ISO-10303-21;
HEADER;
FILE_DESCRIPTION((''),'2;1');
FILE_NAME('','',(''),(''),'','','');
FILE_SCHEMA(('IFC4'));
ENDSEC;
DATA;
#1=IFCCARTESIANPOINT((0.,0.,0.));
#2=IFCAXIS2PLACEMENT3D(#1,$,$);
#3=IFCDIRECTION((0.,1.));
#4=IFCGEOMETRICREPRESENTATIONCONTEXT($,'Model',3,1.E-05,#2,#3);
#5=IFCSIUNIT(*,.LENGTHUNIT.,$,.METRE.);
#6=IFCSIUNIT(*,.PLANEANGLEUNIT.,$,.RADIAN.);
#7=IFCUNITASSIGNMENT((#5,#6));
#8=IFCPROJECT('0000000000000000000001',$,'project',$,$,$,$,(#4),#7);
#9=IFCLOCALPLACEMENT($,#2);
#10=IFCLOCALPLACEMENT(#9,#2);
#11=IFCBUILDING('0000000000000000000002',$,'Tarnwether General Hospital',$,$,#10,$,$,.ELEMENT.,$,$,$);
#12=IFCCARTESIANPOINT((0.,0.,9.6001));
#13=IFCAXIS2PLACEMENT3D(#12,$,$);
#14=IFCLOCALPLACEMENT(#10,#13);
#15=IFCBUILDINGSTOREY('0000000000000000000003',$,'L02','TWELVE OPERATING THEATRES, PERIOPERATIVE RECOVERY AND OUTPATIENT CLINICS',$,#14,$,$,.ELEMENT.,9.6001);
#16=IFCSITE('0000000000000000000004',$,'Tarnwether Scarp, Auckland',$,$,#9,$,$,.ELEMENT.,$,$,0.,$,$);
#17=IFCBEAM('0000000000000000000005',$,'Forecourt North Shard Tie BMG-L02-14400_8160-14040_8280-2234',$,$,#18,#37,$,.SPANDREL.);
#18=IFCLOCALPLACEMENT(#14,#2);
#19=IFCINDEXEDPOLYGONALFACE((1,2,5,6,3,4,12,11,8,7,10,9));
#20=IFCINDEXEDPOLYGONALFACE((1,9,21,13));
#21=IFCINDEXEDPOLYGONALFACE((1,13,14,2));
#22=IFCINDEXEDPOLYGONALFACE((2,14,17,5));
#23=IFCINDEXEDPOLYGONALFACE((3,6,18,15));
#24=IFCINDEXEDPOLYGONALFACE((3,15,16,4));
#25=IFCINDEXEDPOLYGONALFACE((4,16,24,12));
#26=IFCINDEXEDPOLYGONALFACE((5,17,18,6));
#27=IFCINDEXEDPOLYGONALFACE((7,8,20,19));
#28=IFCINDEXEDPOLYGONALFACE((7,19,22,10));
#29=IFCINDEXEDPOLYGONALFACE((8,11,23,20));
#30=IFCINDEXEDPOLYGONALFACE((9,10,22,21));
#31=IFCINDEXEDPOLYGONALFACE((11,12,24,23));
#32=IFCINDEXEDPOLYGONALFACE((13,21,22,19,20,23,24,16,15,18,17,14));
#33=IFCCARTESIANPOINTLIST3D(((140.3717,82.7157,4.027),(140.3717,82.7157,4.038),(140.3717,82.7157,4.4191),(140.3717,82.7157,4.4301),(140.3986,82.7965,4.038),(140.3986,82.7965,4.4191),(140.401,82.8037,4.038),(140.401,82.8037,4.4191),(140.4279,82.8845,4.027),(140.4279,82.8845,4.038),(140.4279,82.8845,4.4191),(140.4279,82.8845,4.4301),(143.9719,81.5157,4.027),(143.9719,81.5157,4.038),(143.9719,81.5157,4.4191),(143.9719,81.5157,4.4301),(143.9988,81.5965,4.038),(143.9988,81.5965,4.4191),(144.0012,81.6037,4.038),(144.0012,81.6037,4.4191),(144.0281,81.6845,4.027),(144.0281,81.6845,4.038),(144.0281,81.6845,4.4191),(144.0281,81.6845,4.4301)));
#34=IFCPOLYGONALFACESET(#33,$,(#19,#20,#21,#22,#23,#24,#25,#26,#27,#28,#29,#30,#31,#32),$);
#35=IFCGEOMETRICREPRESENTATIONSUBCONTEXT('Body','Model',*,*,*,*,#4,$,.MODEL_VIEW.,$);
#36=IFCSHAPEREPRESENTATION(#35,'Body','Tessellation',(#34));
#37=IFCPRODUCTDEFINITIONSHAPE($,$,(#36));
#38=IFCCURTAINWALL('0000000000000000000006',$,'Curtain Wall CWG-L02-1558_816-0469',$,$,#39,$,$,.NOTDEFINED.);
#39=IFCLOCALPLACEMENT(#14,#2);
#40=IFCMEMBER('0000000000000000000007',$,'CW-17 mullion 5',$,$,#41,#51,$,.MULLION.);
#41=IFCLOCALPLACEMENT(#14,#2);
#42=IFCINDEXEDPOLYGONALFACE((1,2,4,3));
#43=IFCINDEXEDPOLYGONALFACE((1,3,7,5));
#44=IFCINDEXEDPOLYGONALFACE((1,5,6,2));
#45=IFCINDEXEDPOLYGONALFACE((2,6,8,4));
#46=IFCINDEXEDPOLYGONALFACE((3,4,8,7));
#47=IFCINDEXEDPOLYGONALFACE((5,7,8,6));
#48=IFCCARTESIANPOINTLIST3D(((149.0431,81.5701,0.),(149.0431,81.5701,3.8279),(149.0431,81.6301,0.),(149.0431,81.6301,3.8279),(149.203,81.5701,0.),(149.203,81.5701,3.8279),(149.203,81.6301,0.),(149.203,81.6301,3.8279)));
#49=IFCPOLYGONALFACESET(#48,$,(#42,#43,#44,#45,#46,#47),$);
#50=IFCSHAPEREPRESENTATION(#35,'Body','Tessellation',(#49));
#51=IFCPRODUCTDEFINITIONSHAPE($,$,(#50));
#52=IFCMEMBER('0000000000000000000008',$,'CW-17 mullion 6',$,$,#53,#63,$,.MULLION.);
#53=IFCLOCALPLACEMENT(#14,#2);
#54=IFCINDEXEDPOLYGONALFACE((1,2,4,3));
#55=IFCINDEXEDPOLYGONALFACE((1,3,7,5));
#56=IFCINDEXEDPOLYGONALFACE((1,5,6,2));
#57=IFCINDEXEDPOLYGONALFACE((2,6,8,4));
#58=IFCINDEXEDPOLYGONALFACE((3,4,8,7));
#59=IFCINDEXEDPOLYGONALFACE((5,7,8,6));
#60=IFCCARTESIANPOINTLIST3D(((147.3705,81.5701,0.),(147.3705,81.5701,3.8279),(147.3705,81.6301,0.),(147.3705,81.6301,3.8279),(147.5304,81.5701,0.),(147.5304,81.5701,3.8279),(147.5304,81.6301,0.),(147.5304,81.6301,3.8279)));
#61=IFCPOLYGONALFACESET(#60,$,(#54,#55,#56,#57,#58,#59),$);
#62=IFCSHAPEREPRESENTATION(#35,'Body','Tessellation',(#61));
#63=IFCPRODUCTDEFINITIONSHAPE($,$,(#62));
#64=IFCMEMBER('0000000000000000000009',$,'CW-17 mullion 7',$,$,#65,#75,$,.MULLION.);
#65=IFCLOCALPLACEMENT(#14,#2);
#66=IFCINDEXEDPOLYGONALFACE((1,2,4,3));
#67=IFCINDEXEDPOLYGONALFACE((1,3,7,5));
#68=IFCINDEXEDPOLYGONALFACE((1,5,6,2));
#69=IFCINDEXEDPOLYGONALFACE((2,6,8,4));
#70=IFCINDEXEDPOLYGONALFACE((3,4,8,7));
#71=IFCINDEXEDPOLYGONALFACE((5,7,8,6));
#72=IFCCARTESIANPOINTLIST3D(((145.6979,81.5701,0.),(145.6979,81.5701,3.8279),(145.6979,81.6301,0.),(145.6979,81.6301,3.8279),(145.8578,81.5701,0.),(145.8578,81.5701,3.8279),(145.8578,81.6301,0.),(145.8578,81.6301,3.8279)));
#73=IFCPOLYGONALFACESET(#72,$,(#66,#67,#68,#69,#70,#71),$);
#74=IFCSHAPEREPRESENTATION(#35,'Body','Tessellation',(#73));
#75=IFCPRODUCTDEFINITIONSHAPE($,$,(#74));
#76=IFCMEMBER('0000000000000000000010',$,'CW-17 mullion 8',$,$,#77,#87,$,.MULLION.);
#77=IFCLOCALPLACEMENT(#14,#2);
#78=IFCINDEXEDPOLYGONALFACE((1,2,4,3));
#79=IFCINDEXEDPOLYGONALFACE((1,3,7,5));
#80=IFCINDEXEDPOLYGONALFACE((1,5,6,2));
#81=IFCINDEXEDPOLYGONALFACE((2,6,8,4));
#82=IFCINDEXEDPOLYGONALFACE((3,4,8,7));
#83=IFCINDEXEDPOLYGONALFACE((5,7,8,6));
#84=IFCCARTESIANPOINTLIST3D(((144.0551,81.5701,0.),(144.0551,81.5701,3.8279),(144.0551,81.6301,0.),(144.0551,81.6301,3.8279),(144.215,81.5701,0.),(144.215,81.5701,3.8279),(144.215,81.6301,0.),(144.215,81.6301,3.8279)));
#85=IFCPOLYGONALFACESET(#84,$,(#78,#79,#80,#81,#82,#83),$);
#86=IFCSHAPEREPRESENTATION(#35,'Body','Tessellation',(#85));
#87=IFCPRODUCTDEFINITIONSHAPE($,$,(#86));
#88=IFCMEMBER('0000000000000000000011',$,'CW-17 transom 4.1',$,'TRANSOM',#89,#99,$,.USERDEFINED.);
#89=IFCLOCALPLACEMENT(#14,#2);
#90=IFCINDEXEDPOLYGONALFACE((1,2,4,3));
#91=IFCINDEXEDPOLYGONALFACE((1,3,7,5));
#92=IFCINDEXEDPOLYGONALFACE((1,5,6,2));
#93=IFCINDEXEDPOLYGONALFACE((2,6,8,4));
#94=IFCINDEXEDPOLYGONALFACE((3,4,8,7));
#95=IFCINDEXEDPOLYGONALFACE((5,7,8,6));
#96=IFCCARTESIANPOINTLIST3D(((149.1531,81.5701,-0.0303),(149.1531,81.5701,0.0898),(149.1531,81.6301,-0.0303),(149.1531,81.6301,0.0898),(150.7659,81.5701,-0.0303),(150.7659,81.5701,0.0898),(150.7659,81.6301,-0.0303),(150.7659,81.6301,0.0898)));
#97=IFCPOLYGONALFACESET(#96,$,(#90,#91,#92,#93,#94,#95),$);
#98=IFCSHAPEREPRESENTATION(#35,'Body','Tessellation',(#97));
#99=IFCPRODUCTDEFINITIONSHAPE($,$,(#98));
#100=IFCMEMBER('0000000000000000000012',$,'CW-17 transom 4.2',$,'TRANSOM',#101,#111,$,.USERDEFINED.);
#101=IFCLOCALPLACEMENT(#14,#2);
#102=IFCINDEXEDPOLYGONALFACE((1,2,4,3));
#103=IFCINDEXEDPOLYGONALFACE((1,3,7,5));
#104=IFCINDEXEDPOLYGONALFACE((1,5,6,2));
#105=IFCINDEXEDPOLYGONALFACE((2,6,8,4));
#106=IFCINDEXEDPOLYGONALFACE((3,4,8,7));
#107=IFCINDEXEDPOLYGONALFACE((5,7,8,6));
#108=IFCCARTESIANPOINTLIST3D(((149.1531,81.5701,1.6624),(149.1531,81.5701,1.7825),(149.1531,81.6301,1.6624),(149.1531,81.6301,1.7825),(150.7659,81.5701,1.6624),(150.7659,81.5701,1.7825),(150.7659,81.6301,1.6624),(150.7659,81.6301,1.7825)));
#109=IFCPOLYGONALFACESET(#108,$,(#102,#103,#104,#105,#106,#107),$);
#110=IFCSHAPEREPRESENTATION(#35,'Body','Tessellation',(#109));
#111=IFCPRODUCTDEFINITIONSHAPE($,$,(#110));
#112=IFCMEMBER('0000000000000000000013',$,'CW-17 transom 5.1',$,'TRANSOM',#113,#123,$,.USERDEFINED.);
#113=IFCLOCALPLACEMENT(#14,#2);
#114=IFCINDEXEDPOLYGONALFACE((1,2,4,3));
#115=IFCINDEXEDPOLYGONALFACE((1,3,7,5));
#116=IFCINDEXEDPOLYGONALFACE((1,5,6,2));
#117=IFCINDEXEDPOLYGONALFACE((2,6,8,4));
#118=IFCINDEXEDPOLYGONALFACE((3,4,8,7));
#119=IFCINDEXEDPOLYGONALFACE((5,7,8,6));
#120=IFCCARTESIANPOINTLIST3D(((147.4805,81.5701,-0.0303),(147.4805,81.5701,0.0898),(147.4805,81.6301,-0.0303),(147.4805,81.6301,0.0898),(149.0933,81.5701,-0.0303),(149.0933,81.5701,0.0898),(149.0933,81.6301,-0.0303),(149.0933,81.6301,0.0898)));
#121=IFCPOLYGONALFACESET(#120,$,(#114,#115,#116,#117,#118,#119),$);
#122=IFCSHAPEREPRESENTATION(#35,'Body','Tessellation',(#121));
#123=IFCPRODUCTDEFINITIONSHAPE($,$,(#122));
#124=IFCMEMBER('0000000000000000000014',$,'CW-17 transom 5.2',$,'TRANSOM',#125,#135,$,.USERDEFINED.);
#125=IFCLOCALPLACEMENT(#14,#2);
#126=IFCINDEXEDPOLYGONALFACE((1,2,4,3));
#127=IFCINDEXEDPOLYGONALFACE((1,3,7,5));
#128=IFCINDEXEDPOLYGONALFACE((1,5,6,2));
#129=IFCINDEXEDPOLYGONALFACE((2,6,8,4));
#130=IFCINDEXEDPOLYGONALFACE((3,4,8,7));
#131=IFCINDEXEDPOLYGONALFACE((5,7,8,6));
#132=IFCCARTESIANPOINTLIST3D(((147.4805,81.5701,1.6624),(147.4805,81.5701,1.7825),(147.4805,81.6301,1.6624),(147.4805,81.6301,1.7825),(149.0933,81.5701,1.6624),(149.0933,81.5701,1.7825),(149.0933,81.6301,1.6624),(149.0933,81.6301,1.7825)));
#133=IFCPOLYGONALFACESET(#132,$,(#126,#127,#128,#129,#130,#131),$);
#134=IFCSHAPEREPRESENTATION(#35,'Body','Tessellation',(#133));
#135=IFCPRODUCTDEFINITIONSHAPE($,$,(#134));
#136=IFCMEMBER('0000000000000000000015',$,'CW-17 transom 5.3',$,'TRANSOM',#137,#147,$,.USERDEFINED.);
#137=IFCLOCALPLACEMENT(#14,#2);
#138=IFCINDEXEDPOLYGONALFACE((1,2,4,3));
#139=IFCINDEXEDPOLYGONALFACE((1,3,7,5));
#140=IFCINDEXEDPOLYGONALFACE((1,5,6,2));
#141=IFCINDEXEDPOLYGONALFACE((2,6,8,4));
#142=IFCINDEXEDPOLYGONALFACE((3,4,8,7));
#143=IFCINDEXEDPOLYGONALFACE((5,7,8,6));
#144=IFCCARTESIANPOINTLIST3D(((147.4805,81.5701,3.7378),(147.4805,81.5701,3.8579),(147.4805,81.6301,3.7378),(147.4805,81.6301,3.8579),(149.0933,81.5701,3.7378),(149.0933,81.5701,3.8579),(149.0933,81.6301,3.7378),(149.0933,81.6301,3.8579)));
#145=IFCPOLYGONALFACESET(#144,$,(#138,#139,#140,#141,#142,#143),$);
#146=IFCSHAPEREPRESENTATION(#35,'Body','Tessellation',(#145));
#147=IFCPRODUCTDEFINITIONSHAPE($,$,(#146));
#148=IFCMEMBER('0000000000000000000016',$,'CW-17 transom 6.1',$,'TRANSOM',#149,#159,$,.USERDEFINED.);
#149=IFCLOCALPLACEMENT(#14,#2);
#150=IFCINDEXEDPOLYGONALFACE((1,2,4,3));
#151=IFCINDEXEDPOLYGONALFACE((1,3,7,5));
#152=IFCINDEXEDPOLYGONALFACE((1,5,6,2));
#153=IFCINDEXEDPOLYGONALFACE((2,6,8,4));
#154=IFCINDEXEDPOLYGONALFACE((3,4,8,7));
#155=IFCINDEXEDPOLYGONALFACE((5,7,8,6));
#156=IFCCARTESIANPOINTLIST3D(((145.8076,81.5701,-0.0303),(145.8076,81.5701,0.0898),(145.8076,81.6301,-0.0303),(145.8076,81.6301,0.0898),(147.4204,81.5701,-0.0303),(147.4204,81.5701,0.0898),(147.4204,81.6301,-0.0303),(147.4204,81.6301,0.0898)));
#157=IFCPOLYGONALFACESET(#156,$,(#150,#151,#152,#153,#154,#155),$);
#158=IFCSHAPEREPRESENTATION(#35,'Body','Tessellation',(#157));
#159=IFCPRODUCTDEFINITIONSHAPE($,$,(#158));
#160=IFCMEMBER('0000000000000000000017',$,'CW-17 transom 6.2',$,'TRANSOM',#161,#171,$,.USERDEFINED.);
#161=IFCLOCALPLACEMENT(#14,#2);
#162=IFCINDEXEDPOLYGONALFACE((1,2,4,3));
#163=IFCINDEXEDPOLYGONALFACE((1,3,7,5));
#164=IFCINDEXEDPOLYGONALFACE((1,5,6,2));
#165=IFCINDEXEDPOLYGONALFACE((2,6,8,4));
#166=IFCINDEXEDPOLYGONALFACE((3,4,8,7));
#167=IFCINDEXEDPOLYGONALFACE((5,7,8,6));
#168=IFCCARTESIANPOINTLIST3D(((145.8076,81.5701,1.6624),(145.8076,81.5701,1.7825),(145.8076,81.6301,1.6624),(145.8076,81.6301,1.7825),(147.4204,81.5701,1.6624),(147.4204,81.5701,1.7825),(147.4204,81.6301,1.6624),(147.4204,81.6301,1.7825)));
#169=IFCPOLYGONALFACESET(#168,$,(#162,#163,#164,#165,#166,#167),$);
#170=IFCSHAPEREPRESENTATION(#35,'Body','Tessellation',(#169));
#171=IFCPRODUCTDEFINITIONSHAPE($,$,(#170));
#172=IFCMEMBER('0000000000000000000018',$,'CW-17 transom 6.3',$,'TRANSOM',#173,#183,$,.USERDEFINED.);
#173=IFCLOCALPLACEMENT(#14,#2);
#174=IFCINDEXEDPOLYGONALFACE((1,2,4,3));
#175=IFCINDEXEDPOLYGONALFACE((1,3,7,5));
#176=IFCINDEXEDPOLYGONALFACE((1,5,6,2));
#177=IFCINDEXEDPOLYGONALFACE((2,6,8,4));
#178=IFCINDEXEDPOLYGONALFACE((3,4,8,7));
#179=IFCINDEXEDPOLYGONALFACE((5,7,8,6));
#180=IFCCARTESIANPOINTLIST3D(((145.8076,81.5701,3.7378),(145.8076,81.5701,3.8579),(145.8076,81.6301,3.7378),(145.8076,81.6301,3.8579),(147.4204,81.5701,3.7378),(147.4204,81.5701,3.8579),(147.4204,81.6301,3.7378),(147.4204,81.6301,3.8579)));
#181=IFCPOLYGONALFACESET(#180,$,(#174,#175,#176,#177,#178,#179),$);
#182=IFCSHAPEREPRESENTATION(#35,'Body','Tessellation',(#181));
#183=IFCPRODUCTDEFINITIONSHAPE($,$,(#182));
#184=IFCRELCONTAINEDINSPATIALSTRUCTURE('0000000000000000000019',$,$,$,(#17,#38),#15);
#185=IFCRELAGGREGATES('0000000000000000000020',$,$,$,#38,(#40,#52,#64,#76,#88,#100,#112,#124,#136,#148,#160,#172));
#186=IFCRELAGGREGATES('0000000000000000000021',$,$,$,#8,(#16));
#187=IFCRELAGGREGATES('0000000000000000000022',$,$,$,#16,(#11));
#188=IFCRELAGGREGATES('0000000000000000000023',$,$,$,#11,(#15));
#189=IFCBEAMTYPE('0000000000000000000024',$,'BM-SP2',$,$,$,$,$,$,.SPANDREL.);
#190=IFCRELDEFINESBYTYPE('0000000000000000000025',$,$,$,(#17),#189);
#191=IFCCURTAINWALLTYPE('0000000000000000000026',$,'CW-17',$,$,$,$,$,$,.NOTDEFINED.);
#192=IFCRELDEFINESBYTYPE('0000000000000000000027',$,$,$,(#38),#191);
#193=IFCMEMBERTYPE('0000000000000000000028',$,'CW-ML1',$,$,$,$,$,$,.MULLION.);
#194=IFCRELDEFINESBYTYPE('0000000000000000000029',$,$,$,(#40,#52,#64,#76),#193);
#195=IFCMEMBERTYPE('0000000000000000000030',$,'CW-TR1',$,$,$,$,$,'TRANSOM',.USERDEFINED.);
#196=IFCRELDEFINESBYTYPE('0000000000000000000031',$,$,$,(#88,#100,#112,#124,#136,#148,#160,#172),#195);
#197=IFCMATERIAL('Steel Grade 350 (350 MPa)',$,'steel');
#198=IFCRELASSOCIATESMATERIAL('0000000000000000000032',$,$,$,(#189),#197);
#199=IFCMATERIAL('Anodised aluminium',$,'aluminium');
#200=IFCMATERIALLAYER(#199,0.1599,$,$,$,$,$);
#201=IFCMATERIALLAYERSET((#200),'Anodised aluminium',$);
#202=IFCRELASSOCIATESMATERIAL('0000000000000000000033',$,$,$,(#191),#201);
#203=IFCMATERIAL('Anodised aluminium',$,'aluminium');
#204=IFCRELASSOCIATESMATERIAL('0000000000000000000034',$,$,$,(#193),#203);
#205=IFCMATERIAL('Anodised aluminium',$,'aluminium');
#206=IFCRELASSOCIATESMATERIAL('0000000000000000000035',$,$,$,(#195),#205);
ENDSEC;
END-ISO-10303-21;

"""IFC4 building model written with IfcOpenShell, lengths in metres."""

from ifc_helpers import new_model, si_unit, direction, frame, origin, origin_2d, place, context, subcontext, project, spatial, rectangle, i_section, extrude, material, layer, layer_set, material_profile, profile_set, type_object, element, aggregate, save


model = new_model("IFC4")

# Units and contexts
model_context = context("Model", 3, precision=1e-05, world=origin(), true_north=direction((0.0, 1.0)))
body_context = subcontext(model_context, "Body", "Model", "MODEL_VIEW")
ifc_project = project(units=[si_unit("LENGTHUNIT", "METRE"), si_unit("PLANEANGLEUNIT", "RADIAN")], contexts=[model_context])

# Site, building, storey
site_placement = place(None, origin())
site = spatial("IfcSite", under=ifc_project, at=site_placement, Name="Tarnwether Scarp, Auckland", CompositionType="ELEMENT", RefElevation=0.0)
building_placement = place(site_placement, origin())
building = spatial("IfcBuilding", under=site, at=building_placement, Name="Tarnwether General Hospital", CompositionType="ELEMENT")
storey_placement = place(building_placement, frame((0.0, 0.0, 9.6001)))
storey = spatial("IfcBuildingStorey", under=building, at=storey_placement, Name="L02", Description="TWELVE OPERATING THEATRES, PERIOPERATIVE RECOVERY AND OUTPATIENT CLINICS", CompositionType="ELEMENT", Elevation=9.6001)

# Beam
ifc_material_1 = material(Name="Steel Grade 350 (350 MPa)", Category="steel")
ifc_material_profile_1 = material_profile(ifc_material_1, i_section(OverallWidth=0.178, OverallDepth=0.4031, WebThickness=0.0076, FlangeThickness=0.011, at=origin_2d()), Name="410UB53.7")
ifc_profile_set_1 = profile_set([ifc_material_profile_1], Name="Steel Grade 350 (350 MPa)")
beam_type = type_object("IfcBeamType", Name="BM-SP2", PredefinedType="SPANDREL", material=ifc_profile_set_1)
beam_placement = place(storey_placement, frame((144.0, 81.6001, 4.2285), z_axis=(-0.94869, 0.316208, 0.0), x_axis=(-0.316208, -0.94869, 0.0)))
element("IfcBeam", 1, at=beam_placement, inside=storey, type_object=beam_type, Name="Forecourt North Shard Tie BMG-L02-14400_8160-14040_8280-2234", PredefinedType="SPANDREL", context=body_context, shape_type="SweptSolid", body=[
    extrude(i_section(OverallWidth=0.178, OverallDepth=0.4031, WebThickness=0.0076, FlangeThickness=0.011, at=origin_2d()), origin(), (0.0, 0.0, 1.0), 3.7949),
])

# Curtain wall, members
ifc_material_2 = material(Name="Anodised aluminium", Category="aluminium")
ifc_layer_1 = layer(ifc_material_2, 0.1599)
ifc_layer_set_1 = layer_set([ifc_layer_1], Name="Anodised aluminium")
curtain_wall_type = type_object("IfcCurtainWallType", Name="CW-17", PredefinedType="NOTDEFINED", material=ifc_layer_set_1)
curtain_wall_placement = place(storey_placement, origin())
curtain_wall = element("IfcCurtainWall", 2, at=curtain_wall_placement, inside=storey, type_object=curtain_wall_type, Name="Curtain Wall CWG-L02-1558_816-0469", PredefinedType="NOTDEFINED")
ifc_material_3 = material(Name="Anodised aluminium", Category="aluminium")
ifc_material_profile_2 = material_profile(ifc_material_3, rectangle(XDim=0.0601, YDim=0.1599, at=origin_2d()), Name="ALU-MUL-60x160")
ifc_profile_set_2 = profile_set([ifc_material_profile_2], Name="Anodised aluminium")
member_type_1 = type_object("IfcMemberType", Name="CW-ML1", PredefinedType="MULLION", material=ifc_profile_set_2)
member_1_placement = place(storey_placement, frame((149.123, 81.6001, 0.0), z_axis=(0.0, 0.0, 1.0), x_axis=(0.0, -1.0, 0.0)))
member_1 = element("IfcMember", 3, at=member_1_placement, type_object=member_type_1, Name="CW-17 mullion 5", PredefinedType="MULLION", context=body_context, shape_type="SweptSolid", body=[
    extrude(rectangle(XDim=0.0601, YDim=0.1599, at=origin_2d()), origin(), (0.0, 0.0, 1.0), 3.8279),
])
member_2_placement = place(storey_placement, frame((147.4504, 81.6001, 0.0), z_axis=(0.0, 0.0, 1.0), x_axis=(0.0, -1.0, 0.0)))
member_2 = element("IfcMember", 4, at=member_2_placement, type_object=member_type_1, Name="CW-17 mullion 6", PredefinedType="MULLION", context=body_context, shape_type="SweptSolid", body=[
    extrude(rectangle(XDim=0.0601, YDim=0.1599, at=origin_2d()), origin(), (0.0, 0.0, 1.0), 3.8279),
])
member_3_placement = place(storey_placement, frame((145.7778, 81.6001, 0.0), z_axis=(0.0, 0.0, 1.0), x_axis=(0.0, -1.0, 0.0)))
member_3 = element("IfcMember", 5, at=member_3_placement, type_object=member_type_1, Name="CW-17 mullion 7", PredefinedType="MULLION", context=body_context, shape_type="SweptSolid", body=[
    extrude(rectangle(XDim=0.0601, YDim=0.1599, at=origin_2d()), origin(), (0.0, 0.0, 1.0), 3.8279),
])
member_4_placement = place(storey_placement, frame((144.135, 81.6001, 0.0), z_axis=(0.0, 0.0, 1.0), x_axis=(0.0, -1.0, 0.0)))
member_4 = element("IfcMember", 6, at=member_4_placement, type_object=member_type_1, Name="CW-17 mullion 8", PredefinedType="MULLION", context=body_context, shape_type="SweptSolid", body=[
    extrude(rectangle(XDim=0.0601, YDim=0.1599, at=origin_2d()), origin(), (0.0, 0.0, 1.0), 3.8279),
])
ifc_material_4 = material(Name="Anodised aluminium", Category="aluminium")
ifc_material_profile_3 = material_profile(ifc_material_4, rectangle(XDim=0.0601, YDim=0.1201, at=origin_2d()), Name="ALU-TRN-60x120")
ifc_profile_set_3 = profile_set([ifc_material_profile_3], Name="Anodised aluminium")
member_type_2 = type_object("IfcMemberType", Name="CW-TR1", ElementType="TRANSOM", PredefinedType="USERDEFINED", material=ifc_profile_set_3)
member_5_placement = place(storey_placement, frame((150.7659, 81.6001, 0.0298), z_axis=(-1.0, 0.0, 0.0), x_axis=(0.0, -1.0, 0.0)))
member_5 = element("IfcMember", 7, at=member_5_placement, type_object=member_type_2, Name="CW-17 transom 4.1", ObjectType="TRANSOM", PredefinedType="USERDEFINED", context=body_context, shape_type="SweptSolid", body=[
    extrude(rectangle(XDim=0.0601, YDim=0.1201, at=origin_2d()), origin(), (0.0, 0.0, 1.0), 1.6128),
])
member_6_placement = place(storey_placement, frame((150.7659, 81.6001, 1.7224), z_axis=(-1.0, 0.0, 0.0), x_axis=(0.0, -1.0, 0.0)))
member_6 = element("IfcMember", 8, at=member_6_placement, type_object=member_type_2, Name="CW-17 transom 4.2", ObjectType="TRANSOM", PredefinedType="USERDEFINED", context=body_context, shape_type="SweptSolid", body=[
    extrude(rectangle(XDim=0.0601, YDim=0.1201, at=origin_2d()), origin(), (0.0, 0.0, 1.0), 1.6128),
])
member_7_placement = place(storey_placement, frame((149.0933, 81.6001, 0.0298), z_axis=(-1.0, 0.0, 0.0), x_axis=(0.0, -1.0, 0.0)))
member_7 = element("IfcMember", 9, at=member_7_placement, type_object=member_type_2, Name="CW-17 transom 5.1", ObjectType="TRANSOM", PredefinedType="USERDEFINED", context=body_context, shape_type="SweptSolid", body=[
    extrude(rectangle(XDim=0.0601, YDim=0.1201, at=origin_2d()), origin(), (0.0, 0.0, 1.0), 1.6128),
])
member_8_placement = place(storey_placement, frame((149.0933, 81.6001, 1.7224), z_axis=(-1.0, 0.0, 0.0), x_axis=(0.0, -1.0, 0.0)))
member_8 = element("IfcMember", 10, at=member_8_placement, type_object=member_type_2, Name="CW-17 transom 5.2", ObjectType="TRANSOM", PredefinedType="USERDEFINED", context=body_context, shape_type="SweptSolid", body=[
    extrude(rectangle(XDim=0.0601, YDim=0.1201, at=origin_2d()), origin(), (0.0, 0.0, 1.0), 1.6128),
])
member_9_placement = place(storey_placement, frame((149.0933, 81.6001, 3.7979), z_axis=(-1.0, 0.0, 0.0), x_axis=(0.0, -1.0, 0.0)))
member_9 = element("IfcMember", 11, at=member_9_placement, type_object=member_type_2, Name="CW-17 transom 5.3", ObjectType="TRANSOM", PredefinedType="USERDEFINED", context=body_context, shape_type="SweptSolid", body=[
    extrude(rectangle(XDim=0.0601, YDim=0.1201, at=origin_2d()), origin(), (0.0, 0.0, 1.0), 1.6128),
])
member_10_placement = place(storey_placement, frame((147.4204, 81.6001, 0.0298), z_axis=(-1.0, 0.0, 0.0), x_axis=(0.0, -1.0, 0.0)))
member_10 = element("IfcMember", 12, at=member_10_placement, type_object=member_type_2, Name="CW-17 transom 6.1", ObjectType="TRANSOM", PredefinedType="USERDEFINED", context=body_context, shape_type="SweptSolid", body=[
    extrude(rectangle(XDim=0.0601, YDim=0.1201, at=origin_2d()), origin(), (0.0, 0.0, 1.0), 1.6128),
])
member_11_placement = place(storey_placement, frame((147.4204, 81.6001, 1.7224), z_axis=(-1.0, 0.0, 0.0), x_axis=(0.0, -1.0, 0.0)))
member_11 = element("IfcMember", 13, at=member_11_placement, type_object=member_type_2, Name="CW-17 transom 6.2", ObjectType="TRANSOM", PredefinedType="USERDEFINED", context=body_context, shape_type="SweptSolid", body=[
    extrude(rectangle(XDim=0.0601, YDim=0.1201, at=origin_2d()), origin(), (0.0, 0.0, 1.0), 1.6128),
])
member_12_placement = place(storey_placement, frame((147.4204, 81.6001, 3.7979), z_axis=(-1.0, 0.0, 0.0), x_axis=(0.0, -1.0, 0.0)))
member_12 = element("IfcMember", 14, at=member_12_placement, type_object=member_type_2, Name="CW-17 transom 6.3", ObjectType="TRANSOM", PredefinedType="USERDEFINED", context=body_context, shape_type="SweptSolid", body=[
    extrude(rectangle(XDim=0.0601, YDim=0.1201, at=origin_2d()), origin(), (0.0, 0.0, 1.0), 1.6128),
])
aggregate(curtain_wall, [member_1, member_2, member_3, member_4, member_5, member_6, member_7, member_8, member_9, member_10, member_11, member_12])

save(model, "model.ifc")
